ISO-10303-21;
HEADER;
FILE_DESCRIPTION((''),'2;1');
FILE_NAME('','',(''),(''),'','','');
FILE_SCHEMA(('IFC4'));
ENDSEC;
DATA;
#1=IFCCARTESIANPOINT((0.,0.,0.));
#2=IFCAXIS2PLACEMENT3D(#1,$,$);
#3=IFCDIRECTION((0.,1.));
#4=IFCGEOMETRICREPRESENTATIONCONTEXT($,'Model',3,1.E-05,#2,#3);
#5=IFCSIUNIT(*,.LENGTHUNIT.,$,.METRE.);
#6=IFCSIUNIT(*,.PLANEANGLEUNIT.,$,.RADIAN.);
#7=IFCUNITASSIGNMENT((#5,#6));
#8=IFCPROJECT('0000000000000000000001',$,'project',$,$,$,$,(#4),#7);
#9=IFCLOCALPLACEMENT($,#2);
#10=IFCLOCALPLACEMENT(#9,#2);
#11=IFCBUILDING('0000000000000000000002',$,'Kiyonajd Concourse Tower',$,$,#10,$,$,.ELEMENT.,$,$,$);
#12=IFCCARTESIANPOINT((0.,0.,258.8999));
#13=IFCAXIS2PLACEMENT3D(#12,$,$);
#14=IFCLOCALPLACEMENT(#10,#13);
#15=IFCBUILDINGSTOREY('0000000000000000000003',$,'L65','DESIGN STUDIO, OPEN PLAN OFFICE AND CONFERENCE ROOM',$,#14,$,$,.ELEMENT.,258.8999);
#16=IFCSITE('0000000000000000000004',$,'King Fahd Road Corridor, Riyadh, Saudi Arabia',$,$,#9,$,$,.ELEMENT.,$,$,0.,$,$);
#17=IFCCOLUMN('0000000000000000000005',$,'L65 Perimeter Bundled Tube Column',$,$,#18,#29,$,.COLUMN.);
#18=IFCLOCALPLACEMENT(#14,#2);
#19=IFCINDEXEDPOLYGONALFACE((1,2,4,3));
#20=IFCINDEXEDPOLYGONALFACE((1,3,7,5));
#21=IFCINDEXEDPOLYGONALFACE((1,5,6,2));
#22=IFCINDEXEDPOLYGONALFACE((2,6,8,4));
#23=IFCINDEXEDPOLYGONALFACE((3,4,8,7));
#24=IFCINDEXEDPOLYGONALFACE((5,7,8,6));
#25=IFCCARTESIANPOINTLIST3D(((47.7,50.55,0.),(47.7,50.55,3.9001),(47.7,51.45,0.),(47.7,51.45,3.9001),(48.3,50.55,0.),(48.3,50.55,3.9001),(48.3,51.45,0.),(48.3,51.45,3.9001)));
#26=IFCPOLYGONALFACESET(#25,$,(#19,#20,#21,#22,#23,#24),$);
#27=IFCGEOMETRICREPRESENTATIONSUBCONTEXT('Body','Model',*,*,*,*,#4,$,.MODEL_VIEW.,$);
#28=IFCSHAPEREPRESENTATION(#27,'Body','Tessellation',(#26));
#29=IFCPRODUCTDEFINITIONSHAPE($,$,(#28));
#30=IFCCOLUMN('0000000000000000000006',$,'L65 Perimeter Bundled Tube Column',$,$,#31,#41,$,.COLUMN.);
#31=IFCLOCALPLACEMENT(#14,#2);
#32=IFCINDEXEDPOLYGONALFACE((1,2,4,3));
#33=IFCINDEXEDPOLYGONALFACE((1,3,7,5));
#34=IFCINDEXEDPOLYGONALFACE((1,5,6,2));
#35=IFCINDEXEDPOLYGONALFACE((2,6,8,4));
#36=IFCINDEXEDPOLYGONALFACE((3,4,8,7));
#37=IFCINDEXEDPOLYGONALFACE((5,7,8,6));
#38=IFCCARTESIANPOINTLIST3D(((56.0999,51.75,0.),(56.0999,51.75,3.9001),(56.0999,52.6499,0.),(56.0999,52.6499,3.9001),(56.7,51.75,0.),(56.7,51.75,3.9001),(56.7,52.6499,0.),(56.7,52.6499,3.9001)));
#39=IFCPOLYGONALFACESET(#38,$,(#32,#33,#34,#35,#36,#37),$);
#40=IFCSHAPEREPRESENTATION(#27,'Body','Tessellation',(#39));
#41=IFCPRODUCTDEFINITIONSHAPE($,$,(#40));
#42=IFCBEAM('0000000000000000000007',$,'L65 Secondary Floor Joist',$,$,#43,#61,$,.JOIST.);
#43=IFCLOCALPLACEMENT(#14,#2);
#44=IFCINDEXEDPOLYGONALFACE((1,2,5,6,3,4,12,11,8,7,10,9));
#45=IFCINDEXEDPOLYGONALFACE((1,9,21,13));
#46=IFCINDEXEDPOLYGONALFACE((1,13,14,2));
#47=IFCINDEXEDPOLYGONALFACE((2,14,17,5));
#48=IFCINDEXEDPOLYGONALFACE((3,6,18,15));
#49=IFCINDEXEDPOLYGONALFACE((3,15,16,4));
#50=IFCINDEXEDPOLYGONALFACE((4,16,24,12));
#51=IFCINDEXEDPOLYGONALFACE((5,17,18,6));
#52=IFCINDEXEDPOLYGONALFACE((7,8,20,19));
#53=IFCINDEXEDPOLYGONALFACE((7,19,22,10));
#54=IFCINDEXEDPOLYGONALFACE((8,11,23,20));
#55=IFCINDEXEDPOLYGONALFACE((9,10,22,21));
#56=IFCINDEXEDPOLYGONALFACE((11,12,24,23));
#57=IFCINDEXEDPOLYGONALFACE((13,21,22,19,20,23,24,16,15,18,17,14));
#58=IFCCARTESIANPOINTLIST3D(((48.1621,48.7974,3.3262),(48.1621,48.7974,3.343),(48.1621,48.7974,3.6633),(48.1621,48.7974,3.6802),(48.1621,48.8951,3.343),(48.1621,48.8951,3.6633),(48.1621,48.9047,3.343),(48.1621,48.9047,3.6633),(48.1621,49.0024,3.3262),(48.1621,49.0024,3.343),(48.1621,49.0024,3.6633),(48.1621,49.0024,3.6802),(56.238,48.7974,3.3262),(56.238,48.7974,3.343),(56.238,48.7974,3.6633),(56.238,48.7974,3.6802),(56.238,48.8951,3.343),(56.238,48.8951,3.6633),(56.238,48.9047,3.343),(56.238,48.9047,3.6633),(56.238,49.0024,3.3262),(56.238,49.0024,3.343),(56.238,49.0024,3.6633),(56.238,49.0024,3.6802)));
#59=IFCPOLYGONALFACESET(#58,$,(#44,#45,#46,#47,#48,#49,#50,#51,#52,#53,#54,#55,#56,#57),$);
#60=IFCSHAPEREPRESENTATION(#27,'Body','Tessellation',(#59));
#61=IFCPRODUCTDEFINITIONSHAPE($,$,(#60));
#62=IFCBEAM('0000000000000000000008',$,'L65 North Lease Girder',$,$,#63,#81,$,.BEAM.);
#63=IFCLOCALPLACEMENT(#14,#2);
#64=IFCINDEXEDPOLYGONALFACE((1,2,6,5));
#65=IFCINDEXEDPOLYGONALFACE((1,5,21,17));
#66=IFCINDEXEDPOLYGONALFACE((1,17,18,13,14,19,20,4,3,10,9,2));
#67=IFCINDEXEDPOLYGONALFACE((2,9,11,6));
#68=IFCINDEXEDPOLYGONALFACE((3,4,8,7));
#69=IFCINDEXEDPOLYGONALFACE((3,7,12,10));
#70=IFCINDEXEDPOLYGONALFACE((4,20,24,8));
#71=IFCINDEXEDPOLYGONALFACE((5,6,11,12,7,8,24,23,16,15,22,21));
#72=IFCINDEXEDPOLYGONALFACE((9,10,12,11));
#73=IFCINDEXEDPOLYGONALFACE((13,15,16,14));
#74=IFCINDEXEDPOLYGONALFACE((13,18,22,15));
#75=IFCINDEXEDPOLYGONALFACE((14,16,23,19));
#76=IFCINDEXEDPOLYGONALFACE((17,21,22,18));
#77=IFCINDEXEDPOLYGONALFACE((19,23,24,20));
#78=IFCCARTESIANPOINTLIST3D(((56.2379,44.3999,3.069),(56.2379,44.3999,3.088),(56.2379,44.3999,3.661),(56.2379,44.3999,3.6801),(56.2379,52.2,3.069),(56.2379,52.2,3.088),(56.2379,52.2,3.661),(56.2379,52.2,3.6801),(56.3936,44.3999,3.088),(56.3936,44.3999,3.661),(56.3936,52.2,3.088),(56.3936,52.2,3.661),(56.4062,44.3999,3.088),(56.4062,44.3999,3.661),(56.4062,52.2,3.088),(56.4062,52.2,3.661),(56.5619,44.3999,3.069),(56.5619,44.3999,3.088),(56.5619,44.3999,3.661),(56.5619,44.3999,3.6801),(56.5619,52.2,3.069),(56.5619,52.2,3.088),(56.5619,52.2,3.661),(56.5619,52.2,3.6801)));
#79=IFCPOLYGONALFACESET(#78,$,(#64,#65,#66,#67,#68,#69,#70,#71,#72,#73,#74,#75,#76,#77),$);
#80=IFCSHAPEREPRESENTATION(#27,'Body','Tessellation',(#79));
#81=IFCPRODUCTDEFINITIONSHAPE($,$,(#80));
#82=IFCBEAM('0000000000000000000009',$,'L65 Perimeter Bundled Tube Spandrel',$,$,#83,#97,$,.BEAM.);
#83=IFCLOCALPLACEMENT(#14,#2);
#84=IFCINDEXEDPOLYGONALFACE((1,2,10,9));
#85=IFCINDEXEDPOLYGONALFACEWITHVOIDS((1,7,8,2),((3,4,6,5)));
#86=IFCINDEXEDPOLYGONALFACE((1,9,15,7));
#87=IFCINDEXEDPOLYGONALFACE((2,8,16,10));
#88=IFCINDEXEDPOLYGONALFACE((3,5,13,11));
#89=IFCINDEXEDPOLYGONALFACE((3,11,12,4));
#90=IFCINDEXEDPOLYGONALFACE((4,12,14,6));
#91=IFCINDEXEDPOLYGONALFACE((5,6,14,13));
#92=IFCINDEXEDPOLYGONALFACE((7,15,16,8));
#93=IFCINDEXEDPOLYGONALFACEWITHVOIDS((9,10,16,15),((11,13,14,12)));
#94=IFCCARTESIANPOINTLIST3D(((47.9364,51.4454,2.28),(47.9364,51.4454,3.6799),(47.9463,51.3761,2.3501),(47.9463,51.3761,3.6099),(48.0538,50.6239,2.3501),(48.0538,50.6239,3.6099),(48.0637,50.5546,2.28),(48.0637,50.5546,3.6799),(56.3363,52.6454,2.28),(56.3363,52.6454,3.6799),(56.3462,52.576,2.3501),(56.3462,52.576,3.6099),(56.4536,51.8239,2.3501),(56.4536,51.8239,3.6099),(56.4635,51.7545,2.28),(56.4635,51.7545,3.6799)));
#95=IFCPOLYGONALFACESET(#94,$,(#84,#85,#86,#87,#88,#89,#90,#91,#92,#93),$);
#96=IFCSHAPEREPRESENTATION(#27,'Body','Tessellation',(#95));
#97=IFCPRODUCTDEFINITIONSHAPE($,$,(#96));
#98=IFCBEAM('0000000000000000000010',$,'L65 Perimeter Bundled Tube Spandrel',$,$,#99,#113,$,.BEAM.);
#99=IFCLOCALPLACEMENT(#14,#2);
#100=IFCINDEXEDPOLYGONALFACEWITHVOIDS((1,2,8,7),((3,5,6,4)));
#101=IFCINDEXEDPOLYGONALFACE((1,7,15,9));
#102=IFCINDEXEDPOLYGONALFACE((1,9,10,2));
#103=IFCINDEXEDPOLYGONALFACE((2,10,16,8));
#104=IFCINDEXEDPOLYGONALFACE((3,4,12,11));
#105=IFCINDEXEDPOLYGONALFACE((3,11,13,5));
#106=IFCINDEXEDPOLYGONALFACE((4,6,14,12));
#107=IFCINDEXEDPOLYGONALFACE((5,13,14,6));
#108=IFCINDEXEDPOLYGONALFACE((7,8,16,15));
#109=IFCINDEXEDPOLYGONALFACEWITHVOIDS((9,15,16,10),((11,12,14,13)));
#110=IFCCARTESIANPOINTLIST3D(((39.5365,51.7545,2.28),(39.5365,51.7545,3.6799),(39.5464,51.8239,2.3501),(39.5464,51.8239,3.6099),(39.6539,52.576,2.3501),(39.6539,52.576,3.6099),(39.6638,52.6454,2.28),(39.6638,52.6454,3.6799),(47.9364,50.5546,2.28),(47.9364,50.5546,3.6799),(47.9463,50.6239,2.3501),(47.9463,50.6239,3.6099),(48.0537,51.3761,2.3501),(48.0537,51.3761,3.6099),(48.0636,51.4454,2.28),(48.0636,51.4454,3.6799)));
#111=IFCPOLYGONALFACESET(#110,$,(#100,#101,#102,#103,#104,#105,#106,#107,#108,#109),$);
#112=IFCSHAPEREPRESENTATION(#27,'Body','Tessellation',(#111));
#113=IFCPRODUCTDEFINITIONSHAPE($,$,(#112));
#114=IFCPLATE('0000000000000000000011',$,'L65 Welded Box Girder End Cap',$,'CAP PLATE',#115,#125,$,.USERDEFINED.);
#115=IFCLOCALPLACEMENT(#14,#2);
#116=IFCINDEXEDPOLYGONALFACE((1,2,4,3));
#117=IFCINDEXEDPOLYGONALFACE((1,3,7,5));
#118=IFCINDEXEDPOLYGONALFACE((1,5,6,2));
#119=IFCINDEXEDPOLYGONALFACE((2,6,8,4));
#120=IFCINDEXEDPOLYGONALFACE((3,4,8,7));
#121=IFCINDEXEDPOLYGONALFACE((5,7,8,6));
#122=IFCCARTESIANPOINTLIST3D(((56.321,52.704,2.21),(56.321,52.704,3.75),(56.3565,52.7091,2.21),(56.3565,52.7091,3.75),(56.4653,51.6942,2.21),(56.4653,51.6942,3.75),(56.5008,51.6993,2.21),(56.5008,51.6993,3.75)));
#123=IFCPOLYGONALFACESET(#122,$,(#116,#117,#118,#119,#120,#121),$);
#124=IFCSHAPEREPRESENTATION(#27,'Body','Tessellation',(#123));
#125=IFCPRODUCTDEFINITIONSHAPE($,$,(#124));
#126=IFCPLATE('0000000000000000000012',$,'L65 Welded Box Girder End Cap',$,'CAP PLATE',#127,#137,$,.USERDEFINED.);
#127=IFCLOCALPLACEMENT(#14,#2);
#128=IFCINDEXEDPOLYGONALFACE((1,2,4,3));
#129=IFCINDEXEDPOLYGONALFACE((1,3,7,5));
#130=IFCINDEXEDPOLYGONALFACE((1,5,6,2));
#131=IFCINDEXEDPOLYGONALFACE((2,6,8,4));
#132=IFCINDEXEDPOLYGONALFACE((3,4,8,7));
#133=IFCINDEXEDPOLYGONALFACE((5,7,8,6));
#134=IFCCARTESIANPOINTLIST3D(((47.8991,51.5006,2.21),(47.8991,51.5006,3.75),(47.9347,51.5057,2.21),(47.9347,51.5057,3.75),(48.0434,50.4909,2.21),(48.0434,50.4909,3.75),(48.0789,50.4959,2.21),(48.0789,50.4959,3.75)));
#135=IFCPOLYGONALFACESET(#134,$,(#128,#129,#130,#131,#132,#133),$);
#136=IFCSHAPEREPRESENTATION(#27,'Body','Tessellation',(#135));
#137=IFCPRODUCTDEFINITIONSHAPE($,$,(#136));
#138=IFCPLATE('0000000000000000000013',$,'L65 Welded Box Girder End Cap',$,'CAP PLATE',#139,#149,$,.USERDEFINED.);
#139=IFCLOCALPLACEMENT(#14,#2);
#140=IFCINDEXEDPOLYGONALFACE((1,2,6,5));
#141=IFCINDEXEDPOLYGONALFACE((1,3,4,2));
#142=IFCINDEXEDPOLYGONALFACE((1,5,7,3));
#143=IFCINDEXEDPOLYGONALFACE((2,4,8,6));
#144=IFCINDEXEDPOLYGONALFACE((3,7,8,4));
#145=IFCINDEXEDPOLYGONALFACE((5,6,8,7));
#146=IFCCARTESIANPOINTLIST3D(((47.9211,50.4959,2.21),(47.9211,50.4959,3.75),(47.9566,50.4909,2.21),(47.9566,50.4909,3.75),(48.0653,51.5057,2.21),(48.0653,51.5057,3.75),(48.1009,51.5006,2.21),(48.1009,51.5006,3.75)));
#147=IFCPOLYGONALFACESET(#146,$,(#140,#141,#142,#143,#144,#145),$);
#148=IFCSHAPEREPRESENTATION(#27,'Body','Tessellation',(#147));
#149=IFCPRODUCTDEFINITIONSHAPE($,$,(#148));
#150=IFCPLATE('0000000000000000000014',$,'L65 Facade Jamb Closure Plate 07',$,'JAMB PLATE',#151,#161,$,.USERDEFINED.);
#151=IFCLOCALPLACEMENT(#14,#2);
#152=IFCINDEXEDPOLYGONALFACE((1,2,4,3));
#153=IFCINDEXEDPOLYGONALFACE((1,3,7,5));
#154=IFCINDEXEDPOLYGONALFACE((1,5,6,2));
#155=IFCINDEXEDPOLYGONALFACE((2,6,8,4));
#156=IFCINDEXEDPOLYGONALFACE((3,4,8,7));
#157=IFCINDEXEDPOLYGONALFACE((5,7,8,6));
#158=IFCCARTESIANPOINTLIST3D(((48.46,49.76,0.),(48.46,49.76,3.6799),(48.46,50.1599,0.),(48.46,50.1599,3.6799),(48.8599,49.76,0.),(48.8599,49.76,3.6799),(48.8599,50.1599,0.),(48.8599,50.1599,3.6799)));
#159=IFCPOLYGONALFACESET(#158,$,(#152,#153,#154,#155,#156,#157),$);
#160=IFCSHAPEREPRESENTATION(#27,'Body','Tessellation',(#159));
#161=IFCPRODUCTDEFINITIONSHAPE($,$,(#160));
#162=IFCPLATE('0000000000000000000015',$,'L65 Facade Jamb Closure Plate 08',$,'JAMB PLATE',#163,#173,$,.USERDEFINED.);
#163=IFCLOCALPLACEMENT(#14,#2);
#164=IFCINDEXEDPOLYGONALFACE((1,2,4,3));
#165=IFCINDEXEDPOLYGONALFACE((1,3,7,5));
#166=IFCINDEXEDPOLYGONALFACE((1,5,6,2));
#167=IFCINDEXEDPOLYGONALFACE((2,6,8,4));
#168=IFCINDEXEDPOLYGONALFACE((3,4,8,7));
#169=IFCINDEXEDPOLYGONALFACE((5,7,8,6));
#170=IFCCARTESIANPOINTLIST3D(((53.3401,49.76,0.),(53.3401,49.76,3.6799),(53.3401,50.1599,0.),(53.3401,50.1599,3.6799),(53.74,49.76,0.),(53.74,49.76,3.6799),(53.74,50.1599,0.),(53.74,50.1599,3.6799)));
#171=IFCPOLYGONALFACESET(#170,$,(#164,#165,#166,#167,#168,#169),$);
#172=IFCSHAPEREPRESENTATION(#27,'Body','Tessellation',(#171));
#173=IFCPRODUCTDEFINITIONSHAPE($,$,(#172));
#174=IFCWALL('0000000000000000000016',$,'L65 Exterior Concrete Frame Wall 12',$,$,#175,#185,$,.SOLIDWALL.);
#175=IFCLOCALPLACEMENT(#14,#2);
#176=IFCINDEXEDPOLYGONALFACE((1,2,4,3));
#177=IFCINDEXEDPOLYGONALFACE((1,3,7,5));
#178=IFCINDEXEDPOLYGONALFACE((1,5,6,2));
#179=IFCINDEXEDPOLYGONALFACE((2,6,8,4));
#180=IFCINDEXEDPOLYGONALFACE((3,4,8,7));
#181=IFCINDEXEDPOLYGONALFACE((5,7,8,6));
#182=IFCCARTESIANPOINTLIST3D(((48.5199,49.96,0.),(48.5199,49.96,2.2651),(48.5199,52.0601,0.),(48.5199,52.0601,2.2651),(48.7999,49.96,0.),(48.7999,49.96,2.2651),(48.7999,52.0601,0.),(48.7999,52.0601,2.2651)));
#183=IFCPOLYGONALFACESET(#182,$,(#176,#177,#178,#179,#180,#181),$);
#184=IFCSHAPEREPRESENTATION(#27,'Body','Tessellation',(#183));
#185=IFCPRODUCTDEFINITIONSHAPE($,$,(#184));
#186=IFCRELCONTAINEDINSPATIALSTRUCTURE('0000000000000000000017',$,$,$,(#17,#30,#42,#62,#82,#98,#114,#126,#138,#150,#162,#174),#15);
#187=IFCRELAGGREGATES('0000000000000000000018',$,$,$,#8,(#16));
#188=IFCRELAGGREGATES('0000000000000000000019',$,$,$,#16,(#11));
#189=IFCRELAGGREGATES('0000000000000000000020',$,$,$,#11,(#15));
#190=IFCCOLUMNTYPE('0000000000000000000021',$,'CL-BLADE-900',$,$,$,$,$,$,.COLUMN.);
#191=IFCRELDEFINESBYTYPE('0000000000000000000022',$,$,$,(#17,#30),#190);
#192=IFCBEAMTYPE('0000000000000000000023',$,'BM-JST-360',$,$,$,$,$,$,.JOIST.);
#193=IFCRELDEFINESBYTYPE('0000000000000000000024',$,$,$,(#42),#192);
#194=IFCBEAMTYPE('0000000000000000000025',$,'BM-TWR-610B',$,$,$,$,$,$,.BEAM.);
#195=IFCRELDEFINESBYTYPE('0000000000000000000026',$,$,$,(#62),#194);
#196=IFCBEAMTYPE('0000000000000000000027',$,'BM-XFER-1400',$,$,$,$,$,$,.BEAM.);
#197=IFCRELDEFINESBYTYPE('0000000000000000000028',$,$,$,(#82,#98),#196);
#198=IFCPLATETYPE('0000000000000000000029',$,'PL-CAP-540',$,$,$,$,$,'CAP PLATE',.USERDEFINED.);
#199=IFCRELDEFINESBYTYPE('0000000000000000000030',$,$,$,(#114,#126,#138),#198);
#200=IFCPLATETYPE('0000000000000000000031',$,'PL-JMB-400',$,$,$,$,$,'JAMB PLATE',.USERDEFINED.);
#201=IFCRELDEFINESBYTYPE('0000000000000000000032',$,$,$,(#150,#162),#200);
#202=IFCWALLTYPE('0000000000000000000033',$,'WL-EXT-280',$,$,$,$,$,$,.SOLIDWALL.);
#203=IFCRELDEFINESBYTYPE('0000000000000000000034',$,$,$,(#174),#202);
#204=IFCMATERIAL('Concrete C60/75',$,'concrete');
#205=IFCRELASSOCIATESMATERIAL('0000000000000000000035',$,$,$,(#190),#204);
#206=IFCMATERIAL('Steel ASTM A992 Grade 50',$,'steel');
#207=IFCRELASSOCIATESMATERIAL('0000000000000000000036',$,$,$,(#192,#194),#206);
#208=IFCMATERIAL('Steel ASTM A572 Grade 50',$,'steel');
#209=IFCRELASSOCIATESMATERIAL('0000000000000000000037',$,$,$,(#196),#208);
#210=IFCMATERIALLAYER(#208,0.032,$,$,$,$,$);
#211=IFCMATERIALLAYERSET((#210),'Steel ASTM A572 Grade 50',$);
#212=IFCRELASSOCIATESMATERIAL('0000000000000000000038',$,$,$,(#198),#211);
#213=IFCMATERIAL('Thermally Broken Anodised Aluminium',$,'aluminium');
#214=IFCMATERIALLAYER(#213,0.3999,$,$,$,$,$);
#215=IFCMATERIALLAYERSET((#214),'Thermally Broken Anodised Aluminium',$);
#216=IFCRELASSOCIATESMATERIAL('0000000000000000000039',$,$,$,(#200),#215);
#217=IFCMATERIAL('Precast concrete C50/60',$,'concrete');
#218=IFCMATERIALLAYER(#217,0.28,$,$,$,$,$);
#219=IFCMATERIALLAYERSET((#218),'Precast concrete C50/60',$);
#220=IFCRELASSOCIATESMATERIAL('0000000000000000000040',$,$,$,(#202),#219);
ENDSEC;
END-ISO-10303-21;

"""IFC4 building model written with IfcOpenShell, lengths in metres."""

from ifc_helpers import new_model, si_unit, direction, frame, frame_2d, origin, origin_2d, place, context, subcontext, project, spatial, rectangle, hollow_rectangle, i_section, extrude, material, layer, layer_set, material_profile, profile_set, type_object, element, save


model = new_model("IFC4")

# Units and contexts
model_context = context("Model", 3, precision=1e-05, world=origin(), true_north=direction((0.0, 1.0)))
body_context = subcontext(model_context, "Body", "Model", "MODEL_VIEW")
ifc_project = project(units=[si_unit("LENGTHUNIT", "METRE"), si_unit("PLANEANGLEUNIT", "RADIAN")], contexts=[model_context])

# Site, building, storey
site_placement = place(None, origin())
site = spatial("IfcSite", under=ifc_project, at=site_placement, Name="King Fahd Road Corridor, Riyadh, Saudi Arabia", CompositionType="ELEMENT", RefElevation=0.0)
building_placement = place(site_placement, origin())
building = spatial("IfcBuilding", under=site, at=building_placement, Name="Kiyonajd Concourse Tower", CompositionType="ELEMENT")
storey_placement = place(building_placement, frame((0.0, 0.0, 258.8999)))
storey = spatial("IfcBuildingStorey", under=building, at=storey_placement, Name="L65", Description="DESIGN STUDIO, OPEN PLAN OFFICE AND CONFERENCE ROOM", CompositionType="ELEMENT", Elevation=258.8999)

# Columns
ifc_material_1 = material(Name="Concrete C60/75", Category="concrete")
ifc_material_profile_1 = material_profile(ifc_material_1, rectangle(XDim=0.6001, YDim=0.8999, at=origin_2d()), Name="RC-900x600")
ifc_profile_set_1 = profile_set([ifc_material_profile_1], Name="Concrete C60/75")
column_type = type_object("IfcColumnType", Name="CL-BLADE-900", PredefinedType="COLUMN", material=ifc_profile_set_1)
for number, where, z_axis, x_axis, name in (
    (1, (48.0, 51.0, 0.0), (0.0, 0.0, 1.0), (1.0, 0.0, 0.0), "L65 Perimeter Bundled Tube Column"),
    (2, (56.3999, 52.2, 0.0), (0.0, 0.0, 1.0), (1.0, 0.0, 0.0), "L65 Perimeter Bundled Tube Column"),
):
    element("IfcColumn", number, at=place(storey_placement, frame(where, z_axis=z_axis, x_axis=x_axis)), inside=storey, type_object=column_type, Name=name, PredefinedType="COLUMN", context=body_context, shape_type="SweptSolid", body=[
        extrude(rectangle(XDim=0.6001, YDim=0.8999, at=origin_2d()), origin(), (0.0, 0.0, 1.0), 3.9001),
    ])

# Beams
ifc_material_2 = material(Name="Steel ASTM A992 Grade 50", Category="steel")
ifc_material_profile_2 = material_profile(ifc_material_2, i_section(OverallWidth=0.2051, OverallDepth=0.354, WebThickness=0.0095, FlangeThickness=0.0168, at=origin_2d()), Name="W360X79")
ifc_profile_set_2 = profile_set([ifc_material_profile_2], Name="Steel ASTM A992 Grade 50")
beam_type_1 = type_object("IfcBeamType", Name="BM-JST-360", PredefinedType="JOIST", material=ifc_profile_set_2)
beam_1_placement = place(storey_placement, frame((48.1621, 48.8999, 3.5032), z_axis=(1.0, 0.0, 0.0), x_axis=(0.0, 1.0, 0.0)))
element("IfcBeam", 3, at=beam_1_placement, inside=storey, type_object=beam_type_1, Name="L65 Secondary Floor Joist", PredefinedType="JOIST", context=body_context, shape_type="SweptSolid", body=[
    extrude(i_section(OverallWidth=0.2051, OverallDepth=0.354, WebThickness=0.0095, FlangeThickness=0.0168, at=origin_2d()), origin(), (0.0, 0.0, 1.0), 8.0759),
])
ifc_material_profile_3 = material_profile(ifc_material_2, i_section(OverallWidth=0.324, OverallDepth=0.6111, WebThickness=0.0127, FlangeThickness=0.019, at=origin_2d()), Name="W610X155")
ifc_profile_set_3 = profile_set([ifc_material_profile_3], Name="Steel ASTM A992 Grade 50")
beam_type_2 = type_object("IfcBeamType", Name="BM-TWR-610B", PredefinedType="BEAM", material=ifc_profile_set_3)
beam_2_placement = place(storey_placement, frame((56.3999, 44.3999, 3.3745), z_axis=(0.0, 1.0, 0.0), x_axis=(-1.0, 0.0, 0.0)))
element("IfcBeam", 4, at=beam_2_placement, inside=storey, type_object=beam_type_2, Name="L65 North Lease Girder", PredefinedType="BEAM", context=body_context, shape_type="SweptSolid", body=[
    extrude(i_section(OverallWidth=0.324, OverallDepth=0.6111, WebThickness=0.0127, FlangeThickness=0.019, at=origin_2d()), origin(), (0.0, 0.0, 1.0), 7.8),
])
ifc_material_3 = material(Name="Steel ASTM A572 Grade 50", Category="steel")
ifc_material_profile_4 = material_profile(ifc_material_3, hollow_rectangle(XDim=0.8999, YDim=1.3999, WallThickness=0.0701, at=origin_2d()), Name="BOX-1400x900x70")
ifc_profile_set_4 = profile_set([ifc_material_profile_4], Name="Steel ASTM A572 Grade 50")
beam_type_3 = type_object("IfcBeamType", Name="BM-XFER-1400", PredefinedType="BEAM", material=ifc_profile_set_4)
for number, where, z_axis, x_axis, name in (
    (5, (56.3999, 52.2, 2.98), (-0.98995, -0.141417, 0.0), (0.141417, -0.98995, 0.0), "L65 Perimeter Bundled Tube Spandrel"),
    (6, (48.0, 51.0, 2.98), (-0.98995, 0.141417, 0.0), (-0.141417, -0.98995, 0.0), "L65 Perimeter Bundled Tube Spandrel"),
):
    element("IfcBeam", number, at=place(storey_placement, frame(where, z_axis=z_axis, x_axis=x_axis)), inside=storey, type_object=beam_type_3, Name=name, PredefinedType="BEAM", context=body_context, shape_type="SweptSolid", body=[
        extrude(hollow_rectangle(XDim=0.8999, YDim=1.3999, WallThickness=0.0701, at=origin_2d()), origin(), (0.0, 0.0, 1.0), 8.4851),
    ])

# Plates
ifc_layer_1 = layer(ifc_material_3, 0.032)
ifc_layer_set_1 = layer_set([ifc_layer_1], Name="Steel ASTM A572 Grade 50")
plate_type_1 = type_object("IfcPlateType", Name="PL-CAP-540", ElementType="CAP PLATE", PredefinedType="USERDEFINED", material=ifc_layer_set_1)
for number, where, z_axis, x_axis, name in (
    (7, (56.4109, 52.2017, 2.21), (0.0, 0.0, 1.0), (0.98995, 0.14142, 0.0), "L65 Welded Box Girder End Cap"),
    (8, (47.989, 50.9983, 2.21), (0.0, 0.0, 1.0), (-0.98995, -0.14142, 0.0), "L65 Welded Box Girder End Cap"),
    (9, (48.011, 50.9983, 2.21), (0.0, 0.0, 1.0), (0.98995, -0.14142, 0.0), "L65 Welded Box Girder End Cap"),
):
    element("IfcPlate", number, at=place(storey_placement, frame(where, z_axis=z_axis, x_axis=x_axis)), inside=storey, type_object=plate_type_1, Name=name, ObjectType="CAP PLATE", PredefinedType="USERDEFINED", context=body_context, shape_type="SweptSolid", body=[
        extrude(rectangle(XDim=0.0359, YDim=1.02, at=origin_2d()), origin(), (0.0, 0.0, 1.0), 1.54),
    ])
ifc_material_4 = material(Name="Thermally Broken Anodised Aluminium", Category="aluminium")
ifc_layer_2 = layer(ifc_material_4, 0.3999)
ifc_layer_set_2 = layer_set([ifc_layer_2], Name="Thermally Broken Anodised Aluminium")
plate_type_2 = type_object("IfcPlateType", Name="PL-JMB-400", ElementType="JAMB PLATE", PredefinedType="USERDEFINED", material=ifc_layer_set_2)
for number, where, z_axis, x_axis, name in (
    (10, (48.6599, 49.96, 0.0), (0.0, 0.0, 1.0), (1.0, 0.0, 0.0), "L65 Facade Jamb Closure Plate 07"),
    (11, (53.54, 49.96, 0.0), (0.0, 0.0, 1.0), (1.0, 0.0, 0.0), "L65 Facade Jamb Closure Plate 08"),
):
    element("IfcPlate", number, at=place(storey_placement, frame(where, z_axis=z_axis, x_axis=x_axis)), inside=storey, type_object=plate_type_2, Name=name, ObjectType="JAMB PLATE", PredefinedType="USERDEFINED", context=body_context, shape_type="SweptSolid", body=[
        extrude(rectangle(XDim=0.3999, YDim=0.3999, at=origin_2d()), origin(), (0.0, 0.0, 1.0), 3.6799),
    ])

# Wall
ifc_material_5 = material(Name="Precast concrete C50/60", Category="concrete")
ifc_layer_3 = layer(ifc_material_5, 0.28)
ifc_layer_set_3 = layer_set([ifc_layer_3], Name="Precast concrete C50/60")
wall_type_1 = type_object("IfcWallType", Name="WL-EXT-280", PredefinedType="SOLIDWALL", material=ifc_layer_set_3)
wall_1_placement = place(storey_placement, frame((48.6599, 52.0601, 0.0), z_axis=(0.0, 0.0, 1.0), x_axis=(0.0, -1.0, 0.0)))
element("IfcWall", 12, at=wall_1_placement, inside=storey, type_object=wall_type_1, Name="L65 Exterior Concrete Frame Wall 12", PredefinedType="SOLIDWALL", context=body_context, shape_type="SweptSolid", body=[
    extrude(rectangle(XDim=2.1001, YDim=0.28, at=frame_2d((1.05, 0.0))), origin(), (0.0, 0.0, 1.0), 2.2651),
])

save(model, "model.ifc")
